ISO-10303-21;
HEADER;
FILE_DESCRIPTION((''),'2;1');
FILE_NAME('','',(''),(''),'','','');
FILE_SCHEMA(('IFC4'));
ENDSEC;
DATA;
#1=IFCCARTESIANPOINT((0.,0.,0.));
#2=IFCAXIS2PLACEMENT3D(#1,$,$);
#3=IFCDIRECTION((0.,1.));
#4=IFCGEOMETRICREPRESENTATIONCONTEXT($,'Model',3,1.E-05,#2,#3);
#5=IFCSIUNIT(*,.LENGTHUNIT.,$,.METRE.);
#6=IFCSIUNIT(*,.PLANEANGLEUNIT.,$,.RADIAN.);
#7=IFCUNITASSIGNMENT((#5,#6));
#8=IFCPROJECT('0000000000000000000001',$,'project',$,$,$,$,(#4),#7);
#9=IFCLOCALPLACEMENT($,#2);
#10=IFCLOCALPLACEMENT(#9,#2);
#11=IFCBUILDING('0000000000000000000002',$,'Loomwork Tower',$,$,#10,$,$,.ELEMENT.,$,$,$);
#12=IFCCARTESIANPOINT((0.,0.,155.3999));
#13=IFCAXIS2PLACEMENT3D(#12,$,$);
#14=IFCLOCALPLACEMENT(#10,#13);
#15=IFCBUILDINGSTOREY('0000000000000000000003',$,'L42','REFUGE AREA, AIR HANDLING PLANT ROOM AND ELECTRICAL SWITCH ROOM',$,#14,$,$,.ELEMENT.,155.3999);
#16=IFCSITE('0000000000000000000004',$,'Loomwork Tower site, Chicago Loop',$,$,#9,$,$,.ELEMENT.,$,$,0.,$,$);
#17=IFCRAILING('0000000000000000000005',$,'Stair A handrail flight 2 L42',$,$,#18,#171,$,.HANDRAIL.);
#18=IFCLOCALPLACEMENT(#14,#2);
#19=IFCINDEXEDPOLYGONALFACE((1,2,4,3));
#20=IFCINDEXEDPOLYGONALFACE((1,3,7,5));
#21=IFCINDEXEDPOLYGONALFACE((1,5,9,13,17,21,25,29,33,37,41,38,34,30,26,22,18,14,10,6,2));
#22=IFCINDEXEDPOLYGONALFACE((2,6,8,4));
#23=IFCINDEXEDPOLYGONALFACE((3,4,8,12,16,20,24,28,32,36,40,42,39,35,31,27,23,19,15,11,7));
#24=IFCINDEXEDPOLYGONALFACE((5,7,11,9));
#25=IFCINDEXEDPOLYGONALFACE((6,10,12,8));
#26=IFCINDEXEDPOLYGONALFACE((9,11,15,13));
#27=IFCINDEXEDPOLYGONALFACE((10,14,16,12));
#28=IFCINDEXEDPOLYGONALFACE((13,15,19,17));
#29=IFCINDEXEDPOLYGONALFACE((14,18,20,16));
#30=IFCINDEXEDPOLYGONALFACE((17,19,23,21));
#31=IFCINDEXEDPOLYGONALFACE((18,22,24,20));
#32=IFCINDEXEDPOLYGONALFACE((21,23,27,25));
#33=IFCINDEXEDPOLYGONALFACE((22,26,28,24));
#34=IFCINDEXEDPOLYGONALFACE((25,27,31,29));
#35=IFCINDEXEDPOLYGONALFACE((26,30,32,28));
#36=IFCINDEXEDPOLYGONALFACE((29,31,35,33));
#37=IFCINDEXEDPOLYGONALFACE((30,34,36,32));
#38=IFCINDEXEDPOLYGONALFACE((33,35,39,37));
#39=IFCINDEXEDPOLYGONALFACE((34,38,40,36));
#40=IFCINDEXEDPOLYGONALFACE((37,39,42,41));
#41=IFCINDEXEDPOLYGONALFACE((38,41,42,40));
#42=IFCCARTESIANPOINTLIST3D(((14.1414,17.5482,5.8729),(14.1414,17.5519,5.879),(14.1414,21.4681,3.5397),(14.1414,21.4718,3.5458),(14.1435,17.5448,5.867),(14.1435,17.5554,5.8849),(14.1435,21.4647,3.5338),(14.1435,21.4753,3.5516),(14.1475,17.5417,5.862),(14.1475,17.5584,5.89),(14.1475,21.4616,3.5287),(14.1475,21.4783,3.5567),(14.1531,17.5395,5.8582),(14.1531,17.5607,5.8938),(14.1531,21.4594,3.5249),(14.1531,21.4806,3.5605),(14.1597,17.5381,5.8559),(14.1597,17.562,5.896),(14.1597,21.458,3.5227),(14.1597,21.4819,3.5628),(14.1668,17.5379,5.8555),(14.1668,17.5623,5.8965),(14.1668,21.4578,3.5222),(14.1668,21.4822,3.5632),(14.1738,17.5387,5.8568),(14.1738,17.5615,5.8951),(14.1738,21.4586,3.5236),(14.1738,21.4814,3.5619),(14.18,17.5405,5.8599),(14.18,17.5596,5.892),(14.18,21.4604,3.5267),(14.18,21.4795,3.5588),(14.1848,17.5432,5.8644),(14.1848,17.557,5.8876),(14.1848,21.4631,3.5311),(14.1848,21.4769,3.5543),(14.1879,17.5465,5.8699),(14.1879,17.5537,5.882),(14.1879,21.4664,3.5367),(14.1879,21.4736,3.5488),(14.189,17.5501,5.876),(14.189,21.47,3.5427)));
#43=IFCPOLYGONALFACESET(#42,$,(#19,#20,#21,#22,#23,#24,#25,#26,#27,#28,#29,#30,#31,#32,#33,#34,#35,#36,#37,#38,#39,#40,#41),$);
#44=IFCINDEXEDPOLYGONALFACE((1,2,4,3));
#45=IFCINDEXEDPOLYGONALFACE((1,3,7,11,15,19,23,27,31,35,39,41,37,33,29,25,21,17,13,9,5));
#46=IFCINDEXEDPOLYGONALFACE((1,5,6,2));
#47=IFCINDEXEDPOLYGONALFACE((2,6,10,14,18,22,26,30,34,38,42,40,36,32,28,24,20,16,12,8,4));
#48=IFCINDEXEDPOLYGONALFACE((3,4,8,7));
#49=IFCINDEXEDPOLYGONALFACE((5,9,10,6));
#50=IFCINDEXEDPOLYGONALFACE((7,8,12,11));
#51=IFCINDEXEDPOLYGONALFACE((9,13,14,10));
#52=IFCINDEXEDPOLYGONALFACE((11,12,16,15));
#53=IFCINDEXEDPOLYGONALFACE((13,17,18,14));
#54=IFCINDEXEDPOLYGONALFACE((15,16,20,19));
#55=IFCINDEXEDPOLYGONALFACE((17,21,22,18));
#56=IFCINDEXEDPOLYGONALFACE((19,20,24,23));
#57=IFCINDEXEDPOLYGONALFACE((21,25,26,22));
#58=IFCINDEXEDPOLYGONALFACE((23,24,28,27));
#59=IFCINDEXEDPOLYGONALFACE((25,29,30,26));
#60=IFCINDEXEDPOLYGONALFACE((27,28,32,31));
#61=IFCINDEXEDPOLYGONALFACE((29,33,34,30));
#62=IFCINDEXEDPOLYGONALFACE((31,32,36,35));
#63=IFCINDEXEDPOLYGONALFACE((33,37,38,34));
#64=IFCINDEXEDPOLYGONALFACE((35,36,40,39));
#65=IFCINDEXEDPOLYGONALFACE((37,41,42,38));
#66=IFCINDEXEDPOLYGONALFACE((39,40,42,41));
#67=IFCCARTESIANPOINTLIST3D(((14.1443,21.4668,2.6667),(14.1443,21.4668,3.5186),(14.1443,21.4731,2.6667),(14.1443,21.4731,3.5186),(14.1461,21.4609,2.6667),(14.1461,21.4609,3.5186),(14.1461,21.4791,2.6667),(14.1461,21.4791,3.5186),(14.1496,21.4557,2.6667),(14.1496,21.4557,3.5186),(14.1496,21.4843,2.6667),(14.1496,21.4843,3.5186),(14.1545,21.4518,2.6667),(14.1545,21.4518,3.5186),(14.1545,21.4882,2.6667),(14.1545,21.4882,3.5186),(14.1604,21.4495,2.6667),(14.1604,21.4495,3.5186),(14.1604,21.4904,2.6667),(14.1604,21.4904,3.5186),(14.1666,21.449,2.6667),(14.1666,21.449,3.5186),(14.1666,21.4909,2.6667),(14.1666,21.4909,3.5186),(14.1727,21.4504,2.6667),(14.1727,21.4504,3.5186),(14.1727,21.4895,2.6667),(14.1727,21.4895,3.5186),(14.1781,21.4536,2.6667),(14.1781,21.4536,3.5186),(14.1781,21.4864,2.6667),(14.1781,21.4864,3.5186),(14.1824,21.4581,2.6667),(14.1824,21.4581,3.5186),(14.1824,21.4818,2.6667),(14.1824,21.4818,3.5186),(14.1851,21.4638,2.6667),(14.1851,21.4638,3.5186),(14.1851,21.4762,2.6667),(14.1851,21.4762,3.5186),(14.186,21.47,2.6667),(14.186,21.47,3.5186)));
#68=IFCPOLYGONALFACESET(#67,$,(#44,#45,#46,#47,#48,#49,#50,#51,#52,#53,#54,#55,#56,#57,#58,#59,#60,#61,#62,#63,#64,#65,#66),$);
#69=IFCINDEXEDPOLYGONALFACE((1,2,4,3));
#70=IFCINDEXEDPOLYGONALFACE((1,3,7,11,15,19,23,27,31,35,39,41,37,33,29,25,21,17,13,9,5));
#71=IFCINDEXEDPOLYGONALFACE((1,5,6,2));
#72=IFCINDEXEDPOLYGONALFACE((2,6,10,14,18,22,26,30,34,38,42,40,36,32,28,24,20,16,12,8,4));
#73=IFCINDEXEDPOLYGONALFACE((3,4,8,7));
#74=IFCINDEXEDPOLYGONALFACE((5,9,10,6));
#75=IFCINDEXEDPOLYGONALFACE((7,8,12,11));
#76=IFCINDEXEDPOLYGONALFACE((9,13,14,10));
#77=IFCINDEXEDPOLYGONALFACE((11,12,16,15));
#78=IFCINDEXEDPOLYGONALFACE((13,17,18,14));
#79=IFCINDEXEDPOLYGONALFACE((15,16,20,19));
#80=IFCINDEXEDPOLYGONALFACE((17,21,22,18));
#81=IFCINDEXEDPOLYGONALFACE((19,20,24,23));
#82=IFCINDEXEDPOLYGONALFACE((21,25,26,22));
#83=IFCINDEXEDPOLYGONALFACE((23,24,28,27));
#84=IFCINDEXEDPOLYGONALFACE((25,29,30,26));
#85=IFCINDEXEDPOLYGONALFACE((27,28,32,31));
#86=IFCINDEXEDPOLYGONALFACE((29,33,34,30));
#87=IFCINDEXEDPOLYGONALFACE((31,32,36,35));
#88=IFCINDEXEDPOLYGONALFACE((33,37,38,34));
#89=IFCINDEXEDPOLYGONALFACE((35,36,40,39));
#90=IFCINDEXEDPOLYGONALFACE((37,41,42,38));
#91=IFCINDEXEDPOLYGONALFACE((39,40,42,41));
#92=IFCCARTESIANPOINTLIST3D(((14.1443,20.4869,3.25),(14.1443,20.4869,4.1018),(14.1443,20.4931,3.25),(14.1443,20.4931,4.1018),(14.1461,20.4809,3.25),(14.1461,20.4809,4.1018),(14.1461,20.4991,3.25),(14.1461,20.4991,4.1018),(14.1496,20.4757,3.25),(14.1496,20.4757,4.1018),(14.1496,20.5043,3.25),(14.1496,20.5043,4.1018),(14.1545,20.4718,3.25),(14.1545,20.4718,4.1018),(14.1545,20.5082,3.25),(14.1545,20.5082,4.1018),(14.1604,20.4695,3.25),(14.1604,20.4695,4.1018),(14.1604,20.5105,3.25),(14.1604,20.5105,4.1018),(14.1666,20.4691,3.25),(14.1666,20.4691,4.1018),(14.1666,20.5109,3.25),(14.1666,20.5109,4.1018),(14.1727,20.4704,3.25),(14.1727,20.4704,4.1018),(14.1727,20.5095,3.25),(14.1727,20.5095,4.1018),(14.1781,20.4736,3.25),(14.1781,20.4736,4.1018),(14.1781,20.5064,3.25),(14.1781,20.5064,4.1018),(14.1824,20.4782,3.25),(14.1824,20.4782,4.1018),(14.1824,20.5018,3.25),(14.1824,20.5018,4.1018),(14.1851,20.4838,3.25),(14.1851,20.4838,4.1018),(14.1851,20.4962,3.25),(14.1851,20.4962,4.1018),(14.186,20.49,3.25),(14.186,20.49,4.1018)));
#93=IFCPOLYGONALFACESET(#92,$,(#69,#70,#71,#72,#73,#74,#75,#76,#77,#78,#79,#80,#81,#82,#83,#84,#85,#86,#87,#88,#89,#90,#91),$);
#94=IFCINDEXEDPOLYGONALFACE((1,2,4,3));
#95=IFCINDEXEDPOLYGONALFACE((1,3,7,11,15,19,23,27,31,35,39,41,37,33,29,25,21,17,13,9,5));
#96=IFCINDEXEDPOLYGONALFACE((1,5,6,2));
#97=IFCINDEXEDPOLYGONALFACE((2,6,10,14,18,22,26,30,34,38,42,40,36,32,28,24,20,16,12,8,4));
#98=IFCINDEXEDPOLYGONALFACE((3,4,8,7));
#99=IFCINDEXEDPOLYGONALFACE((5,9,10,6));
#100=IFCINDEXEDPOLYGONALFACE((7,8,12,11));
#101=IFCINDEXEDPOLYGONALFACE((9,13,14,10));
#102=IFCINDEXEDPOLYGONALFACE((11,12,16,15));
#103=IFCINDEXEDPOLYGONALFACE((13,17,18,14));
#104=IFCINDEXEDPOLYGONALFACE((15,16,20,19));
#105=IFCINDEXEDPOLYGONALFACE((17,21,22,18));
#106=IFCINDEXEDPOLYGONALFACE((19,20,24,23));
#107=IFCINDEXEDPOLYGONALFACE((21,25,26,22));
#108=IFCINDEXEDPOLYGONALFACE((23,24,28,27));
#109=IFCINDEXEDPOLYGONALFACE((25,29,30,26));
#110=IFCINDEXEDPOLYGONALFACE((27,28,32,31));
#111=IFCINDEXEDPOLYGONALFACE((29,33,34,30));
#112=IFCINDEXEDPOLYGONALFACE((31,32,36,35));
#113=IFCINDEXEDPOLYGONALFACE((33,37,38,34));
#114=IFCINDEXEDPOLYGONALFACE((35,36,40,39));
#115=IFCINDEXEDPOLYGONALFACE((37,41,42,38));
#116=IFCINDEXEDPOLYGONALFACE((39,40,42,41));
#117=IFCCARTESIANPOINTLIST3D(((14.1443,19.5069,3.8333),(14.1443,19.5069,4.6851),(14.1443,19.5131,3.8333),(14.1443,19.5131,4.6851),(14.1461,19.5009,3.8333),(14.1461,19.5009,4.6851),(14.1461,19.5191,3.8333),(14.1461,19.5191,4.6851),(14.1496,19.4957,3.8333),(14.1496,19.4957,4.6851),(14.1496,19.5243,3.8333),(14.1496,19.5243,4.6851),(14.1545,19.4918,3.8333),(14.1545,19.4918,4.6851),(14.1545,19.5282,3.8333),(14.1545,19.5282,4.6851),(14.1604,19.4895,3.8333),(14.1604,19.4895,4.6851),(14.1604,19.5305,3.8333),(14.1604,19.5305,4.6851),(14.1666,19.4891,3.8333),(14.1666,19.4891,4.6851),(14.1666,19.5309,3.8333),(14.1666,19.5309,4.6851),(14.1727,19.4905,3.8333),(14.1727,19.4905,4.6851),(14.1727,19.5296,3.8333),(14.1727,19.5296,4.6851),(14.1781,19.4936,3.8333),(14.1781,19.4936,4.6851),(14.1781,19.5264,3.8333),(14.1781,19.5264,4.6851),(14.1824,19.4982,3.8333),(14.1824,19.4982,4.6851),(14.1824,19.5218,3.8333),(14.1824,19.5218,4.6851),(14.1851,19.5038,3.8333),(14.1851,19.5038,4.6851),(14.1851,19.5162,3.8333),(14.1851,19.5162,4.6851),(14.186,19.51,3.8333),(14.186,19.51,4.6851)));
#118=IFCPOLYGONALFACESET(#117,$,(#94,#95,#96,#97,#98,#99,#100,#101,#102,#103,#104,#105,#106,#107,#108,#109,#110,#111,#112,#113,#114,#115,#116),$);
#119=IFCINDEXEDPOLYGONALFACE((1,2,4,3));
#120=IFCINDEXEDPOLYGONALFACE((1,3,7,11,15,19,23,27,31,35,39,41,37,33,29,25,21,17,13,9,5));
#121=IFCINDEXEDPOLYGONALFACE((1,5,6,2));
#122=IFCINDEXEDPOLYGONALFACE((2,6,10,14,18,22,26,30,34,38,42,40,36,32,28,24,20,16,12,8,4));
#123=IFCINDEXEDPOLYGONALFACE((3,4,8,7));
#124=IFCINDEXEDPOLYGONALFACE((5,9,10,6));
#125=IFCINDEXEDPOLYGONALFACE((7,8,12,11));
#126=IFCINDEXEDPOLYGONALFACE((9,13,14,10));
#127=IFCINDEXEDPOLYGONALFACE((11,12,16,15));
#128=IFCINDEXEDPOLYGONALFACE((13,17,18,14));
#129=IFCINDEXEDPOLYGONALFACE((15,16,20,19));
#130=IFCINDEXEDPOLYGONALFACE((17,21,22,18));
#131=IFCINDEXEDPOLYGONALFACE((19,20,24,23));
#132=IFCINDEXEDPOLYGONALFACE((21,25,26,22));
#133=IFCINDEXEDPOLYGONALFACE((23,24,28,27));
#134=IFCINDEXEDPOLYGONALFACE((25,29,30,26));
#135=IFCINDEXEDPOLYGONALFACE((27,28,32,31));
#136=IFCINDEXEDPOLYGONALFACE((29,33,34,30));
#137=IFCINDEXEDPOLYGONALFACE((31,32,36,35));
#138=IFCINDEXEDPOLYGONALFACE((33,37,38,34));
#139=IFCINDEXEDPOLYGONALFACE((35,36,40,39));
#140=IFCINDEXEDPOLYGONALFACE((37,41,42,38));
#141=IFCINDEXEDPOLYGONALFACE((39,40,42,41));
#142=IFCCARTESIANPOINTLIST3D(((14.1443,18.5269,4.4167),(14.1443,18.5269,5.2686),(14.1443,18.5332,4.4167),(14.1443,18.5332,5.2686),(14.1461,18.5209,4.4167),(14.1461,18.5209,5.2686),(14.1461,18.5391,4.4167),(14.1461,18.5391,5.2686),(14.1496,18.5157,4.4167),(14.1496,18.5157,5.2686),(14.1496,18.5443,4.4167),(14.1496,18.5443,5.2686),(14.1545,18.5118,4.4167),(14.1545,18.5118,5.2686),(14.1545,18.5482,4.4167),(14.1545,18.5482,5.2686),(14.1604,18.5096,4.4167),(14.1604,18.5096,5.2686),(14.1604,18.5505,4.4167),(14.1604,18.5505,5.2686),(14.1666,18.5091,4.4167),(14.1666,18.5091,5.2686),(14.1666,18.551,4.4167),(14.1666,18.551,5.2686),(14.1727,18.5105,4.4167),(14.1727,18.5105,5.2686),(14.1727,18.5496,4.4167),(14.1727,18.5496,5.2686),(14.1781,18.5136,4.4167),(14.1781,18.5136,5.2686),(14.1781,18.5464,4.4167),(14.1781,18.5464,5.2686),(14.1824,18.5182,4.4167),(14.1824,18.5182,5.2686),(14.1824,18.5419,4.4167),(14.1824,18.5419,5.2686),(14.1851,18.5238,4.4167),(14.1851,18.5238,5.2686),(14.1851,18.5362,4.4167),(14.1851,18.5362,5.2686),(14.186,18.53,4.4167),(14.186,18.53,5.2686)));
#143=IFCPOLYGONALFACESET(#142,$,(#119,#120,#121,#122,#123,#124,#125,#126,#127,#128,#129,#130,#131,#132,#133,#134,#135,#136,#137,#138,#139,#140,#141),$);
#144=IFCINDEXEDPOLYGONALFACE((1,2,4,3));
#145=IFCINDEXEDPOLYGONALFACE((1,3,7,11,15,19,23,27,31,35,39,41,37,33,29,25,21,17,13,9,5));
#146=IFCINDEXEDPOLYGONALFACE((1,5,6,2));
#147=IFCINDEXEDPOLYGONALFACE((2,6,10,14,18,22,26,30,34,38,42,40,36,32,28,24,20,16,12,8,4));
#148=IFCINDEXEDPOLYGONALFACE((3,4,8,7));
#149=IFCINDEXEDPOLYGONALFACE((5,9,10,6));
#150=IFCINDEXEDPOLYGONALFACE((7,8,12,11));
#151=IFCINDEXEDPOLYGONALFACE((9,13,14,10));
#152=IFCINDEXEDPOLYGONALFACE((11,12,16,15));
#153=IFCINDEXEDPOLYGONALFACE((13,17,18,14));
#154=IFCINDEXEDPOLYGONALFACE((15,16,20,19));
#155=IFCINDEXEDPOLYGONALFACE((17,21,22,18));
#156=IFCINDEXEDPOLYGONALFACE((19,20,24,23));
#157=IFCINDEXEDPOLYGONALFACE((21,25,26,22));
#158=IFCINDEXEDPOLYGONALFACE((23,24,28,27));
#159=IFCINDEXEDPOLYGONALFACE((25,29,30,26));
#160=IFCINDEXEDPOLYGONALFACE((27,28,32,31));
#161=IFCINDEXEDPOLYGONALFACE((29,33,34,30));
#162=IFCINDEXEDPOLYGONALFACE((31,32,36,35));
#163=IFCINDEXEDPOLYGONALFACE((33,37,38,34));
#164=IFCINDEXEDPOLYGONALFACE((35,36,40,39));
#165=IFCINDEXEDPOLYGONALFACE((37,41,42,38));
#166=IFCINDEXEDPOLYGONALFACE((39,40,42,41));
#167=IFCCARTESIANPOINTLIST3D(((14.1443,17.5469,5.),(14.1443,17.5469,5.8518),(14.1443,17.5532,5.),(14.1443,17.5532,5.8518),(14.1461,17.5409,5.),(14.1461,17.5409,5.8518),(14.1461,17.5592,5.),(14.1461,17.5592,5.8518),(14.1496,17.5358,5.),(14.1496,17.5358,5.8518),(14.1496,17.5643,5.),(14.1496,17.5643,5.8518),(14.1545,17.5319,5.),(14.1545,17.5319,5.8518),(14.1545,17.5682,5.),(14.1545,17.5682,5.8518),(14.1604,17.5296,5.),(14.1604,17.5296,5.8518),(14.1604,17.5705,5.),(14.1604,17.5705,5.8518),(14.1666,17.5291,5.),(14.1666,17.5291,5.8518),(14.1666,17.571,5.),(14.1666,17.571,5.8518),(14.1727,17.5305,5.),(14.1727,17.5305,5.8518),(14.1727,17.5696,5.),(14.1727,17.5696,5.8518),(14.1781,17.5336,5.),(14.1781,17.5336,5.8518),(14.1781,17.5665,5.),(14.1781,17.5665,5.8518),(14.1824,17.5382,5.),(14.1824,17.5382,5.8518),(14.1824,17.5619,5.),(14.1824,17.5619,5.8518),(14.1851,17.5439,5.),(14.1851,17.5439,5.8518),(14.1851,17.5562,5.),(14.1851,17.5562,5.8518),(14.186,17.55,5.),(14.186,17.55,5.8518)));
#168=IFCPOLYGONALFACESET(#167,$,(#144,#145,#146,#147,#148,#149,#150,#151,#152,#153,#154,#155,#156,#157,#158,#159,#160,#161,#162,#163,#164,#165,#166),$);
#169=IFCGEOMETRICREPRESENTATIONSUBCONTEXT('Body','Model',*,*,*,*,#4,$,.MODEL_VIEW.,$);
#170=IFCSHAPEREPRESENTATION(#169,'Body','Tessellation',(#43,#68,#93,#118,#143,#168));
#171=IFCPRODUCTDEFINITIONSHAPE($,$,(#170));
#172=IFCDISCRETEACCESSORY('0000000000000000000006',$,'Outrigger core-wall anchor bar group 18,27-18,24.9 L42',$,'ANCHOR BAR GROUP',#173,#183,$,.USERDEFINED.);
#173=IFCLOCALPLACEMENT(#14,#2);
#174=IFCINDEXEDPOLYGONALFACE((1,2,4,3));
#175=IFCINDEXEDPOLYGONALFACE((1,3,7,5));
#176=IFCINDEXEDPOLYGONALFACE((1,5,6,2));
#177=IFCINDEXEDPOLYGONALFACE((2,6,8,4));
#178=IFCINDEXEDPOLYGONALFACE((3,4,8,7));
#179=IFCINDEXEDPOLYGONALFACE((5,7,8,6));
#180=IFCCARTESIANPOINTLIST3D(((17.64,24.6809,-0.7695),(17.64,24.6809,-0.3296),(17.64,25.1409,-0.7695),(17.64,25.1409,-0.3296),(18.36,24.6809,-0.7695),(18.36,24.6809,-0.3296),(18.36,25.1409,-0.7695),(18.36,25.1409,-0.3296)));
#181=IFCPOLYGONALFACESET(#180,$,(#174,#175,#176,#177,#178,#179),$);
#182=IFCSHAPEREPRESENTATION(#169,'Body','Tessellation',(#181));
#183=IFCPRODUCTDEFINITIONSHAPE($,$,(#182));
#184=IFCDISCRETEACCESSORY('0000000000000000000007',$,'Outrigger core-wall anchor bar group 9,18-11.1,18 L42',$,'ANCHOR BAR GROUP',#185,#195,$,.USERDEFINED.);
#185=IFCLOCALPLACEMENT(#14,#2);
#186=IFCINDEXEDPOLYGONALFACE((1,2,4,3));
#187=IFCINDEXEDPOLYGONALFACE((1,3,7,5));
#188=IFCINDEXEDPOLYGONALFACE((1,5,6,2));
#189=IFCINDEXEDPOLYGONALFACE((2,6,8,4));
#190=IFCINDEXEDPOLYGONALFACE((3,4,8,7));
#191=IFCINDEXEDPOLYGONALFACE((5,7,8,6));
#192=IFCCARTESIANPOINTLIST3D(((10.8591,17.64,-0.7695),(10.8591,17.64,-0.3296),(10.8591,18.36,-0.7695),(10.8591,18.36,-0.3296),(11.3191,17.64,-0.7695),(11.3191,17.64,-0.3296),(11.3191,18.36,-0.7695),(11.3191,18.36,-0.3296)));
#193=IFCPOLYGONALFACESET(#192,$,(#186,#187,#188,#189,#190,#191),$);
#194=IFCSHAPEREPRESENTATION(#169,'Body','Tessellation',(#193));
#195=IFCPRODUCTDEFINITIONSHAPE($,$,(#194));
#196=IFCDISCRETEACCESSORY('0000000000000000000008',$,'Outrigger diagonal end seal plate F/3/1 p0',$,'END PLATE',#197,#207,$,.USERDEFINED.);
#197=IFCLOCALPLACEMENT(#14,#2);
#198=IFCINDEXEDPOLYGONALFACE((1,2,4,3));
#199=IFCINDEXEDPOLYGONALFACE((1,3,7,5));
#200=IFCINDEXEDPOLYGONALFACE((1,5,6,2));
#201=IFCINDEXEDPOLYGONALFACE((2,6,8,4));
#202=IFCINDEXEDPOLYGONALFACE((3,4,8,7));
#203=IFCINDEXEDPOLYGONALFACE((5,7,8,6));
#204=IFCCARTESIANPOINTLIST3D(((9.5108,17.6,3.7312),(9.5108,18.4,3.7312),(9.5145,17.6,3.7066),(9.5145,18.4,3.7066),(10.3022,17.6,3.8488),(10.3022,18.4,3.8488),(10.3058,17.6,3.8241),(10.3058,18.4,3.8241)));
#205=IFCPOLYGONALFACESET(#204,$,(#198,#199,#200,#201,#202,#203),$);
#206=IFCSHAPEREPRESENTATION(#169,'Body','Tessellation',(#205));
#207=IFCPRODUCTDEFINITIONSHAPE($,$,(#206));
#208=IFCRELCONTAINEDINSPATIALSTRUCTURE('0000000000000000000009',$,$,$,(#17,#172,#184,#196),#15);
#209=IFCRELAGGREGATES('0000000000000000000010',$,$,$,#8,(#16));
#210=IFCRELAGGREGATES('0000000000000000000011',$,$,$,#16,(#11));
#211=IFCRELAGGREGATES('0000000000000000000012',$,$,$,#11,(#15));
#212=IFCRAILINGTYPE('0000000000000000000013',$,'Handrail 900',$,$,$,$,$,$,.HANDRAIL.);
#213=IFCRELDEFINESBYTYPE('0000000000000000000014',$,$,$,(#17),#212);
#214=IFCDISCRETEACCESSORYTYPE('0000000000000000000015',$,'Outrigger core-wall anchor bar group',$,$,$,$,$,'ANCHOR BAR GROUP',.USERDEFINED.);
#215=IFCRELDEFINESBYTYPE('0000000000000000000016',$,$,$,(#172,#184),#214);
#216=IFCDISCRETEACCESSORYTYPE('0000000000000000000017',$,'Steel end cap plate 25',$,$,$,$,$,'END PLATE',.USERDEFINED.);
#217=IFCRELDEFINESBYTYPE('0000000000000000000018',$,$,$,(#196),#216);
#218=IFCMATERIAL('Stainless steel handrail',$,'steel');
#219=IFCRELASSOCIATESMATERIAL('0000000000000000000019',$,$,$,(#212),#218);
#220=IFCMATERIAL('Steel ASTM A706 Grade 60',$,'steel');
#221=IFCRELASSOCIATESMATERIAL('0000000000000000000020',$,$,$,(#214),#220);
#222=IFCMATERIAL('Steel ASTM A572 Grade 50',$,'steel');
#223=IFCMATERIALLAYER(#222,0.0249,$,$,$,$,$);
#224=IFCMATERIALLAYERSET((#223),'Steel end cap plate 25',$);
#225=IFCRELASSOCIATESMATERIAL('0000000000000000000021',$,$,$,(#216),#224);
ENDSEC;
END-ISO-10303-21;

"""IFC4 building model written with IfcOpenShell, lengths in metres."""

from ifc_helpers import new_model, si_unit, direction, frame, origin, origin_2d, place, context, subcontext, project, spatial, rectangle, circle, extrude, material, layer, layer_set, type_object, element, save


model = new_model("IFC4")

# Units and contexts
model_context = context("Model", 3, precision=1e-05, world=origin(), true_north=direction((0.0, 1.0)))
body_context = subcontext(model_context, "Body", "Model", "MODEL_VIEW")
ifc_project = project(units=[si_unit("LENGTHUNIT", "METRE"), si_unit("PLANEANGLEUNIT", "RADIAN")], contexts=[model_context])

# Site, building, storey
site_placement = place(None, origin())
site = spatial("IfcSite", under=ifc_project, at=site_placement, Name="Loomwork Tower site, Chicago Loop", CompositionType="ELEMENT", RefElevation=0.0)
building_placement = place(site_placement, origin())
building = spatial("IfcBuilding", under=site, at=building_placement, Name="Loomwork Tower", CompositionType="ELEMENT")
storey_placement = place(building_placement, frame((0.0, 0.0, 155.3999)))
storey = spatial("IfcBuildingStorey", under=building, at=storey_placement, Name="L42", Description="REFUGE AREA, AIR HANDLING PLANT ROOM AND ELECTRICAL SWITCH ROOM", CompositionType="ELEMENT", Elevation=155.3999)

# Railing
ifc_material_1 = material(Name="Stainless steel handrail", Category="steel")
railing_type = type_object("IfcRailingType", Name="Handrail 900", PredefinedType="HANDRAIL", material=ifc_material_1)
railing_placement = place(storey_placement, frame((14.165, 21.47, 2.6667)))
element("IfcRailing", 1, at=railing_placement, inside=storey, type_object=railing_type, Name="Stair A handrail flight 2 L42", PredefinedType="HANDRAIL", context=body_context, shape_type="SweptSolid", body=[
    extrude(circle(Radius=0.0239, at=origin_2d()), frame((0.0, 0.0, 0.876), z_axis=(0.0, -0.859296, 0.511478), x_axis=(1.0, 0.0, 0.0)), (0.0, 0.0, 1.0), 4.5618),
    extrude(circle(Radius=0.021, at=origin_2d()), origin(), (0.0, 0.0, 1.0), 0.8518),
    extrude(circle(Radius=0.021, at=origin_2d()), frame((0.0, -0.98, 0.5833)), (0.0, 0.0, 1.0), 0.8518),
    extrude(circle(Radius=0.021, at=origin_2d()), frame((0.0, -1.96, 1.1665)), (0.0, 0.0, 1.0), 0.8518),
    extrude(circle(Radius=0.021, at=origin_2d()), frame((0.0, -2.9399, 1.75)), (0.0, 0.0, 1.0), 0.8518),
    extrude(circle(Radius=0.021, at=origin_2d()), frame((0.0, -3.9199, 2.3333)), (0.0, 0.0, 1.0), 0.8518),
])

# Discrete accessories
ifc_material_2 = material(Name="Steel ASTM A706 Grade 60", Category="steel")
discrete_accessory_type_1 = type_object("IfcDiscreteAccessoryType", Name="Outrigger core-wall anchor bar group", ElementType="ANCHOR BAR GROUP", PredefinedType="USERDEFINED", material=ifc_material_2)
discrete_accessory_1_placement = place(storey_placement, frame((18.0, 24.9109, -0.7695), z_axis=(0.0, 0.0, 1.0), x_axis=(1.0, 0.0, 0.0)))
element("IfcDiscreteAccessory", 2, at=discrete_accessory_1_placement, inside=storey, type_object=discrete_accessory_type_1, Name="Outrigger core-wall anchor bar group 18,27-18,24.9 L42", ObjectType="ANCHOR BAR GROUP", PredefinedType="USERDEFINED", context=body_context, shape_type="SweptSolid", body=[
    extrude(rectangle(XDim=0.72, YDim=0.46, at=origin_2d()), origin(), (0.0, 0.0, 1.0), 0.4399),
])
discrete_accessory_2_placement = place(storey_placement, frame((11.0891, 18.0, -0.7695), z_axis=(0.0, 0.0, 1.0), x_axis=(1.0, 0.0, 0.0)))
element("IfcDiscreteAccessory", 3, at=discrete_accessory_2_placement, inside=storey, type_object=discrete_accessory_type_1, Name="Outrigger core-wall anchor bar group 9,18-11.1,18 L42", ObjectType="ANCHOR BAR GROUP", PredefinedType="USERDEFINED", context=body_context, shape_type="SweptSolid", body=[
    extrude(rectangle(XDim=0.46, YDim=0.72, at=origin_2d()), origin(), (0.0, 0.0, 1.0), 0.4399),
])
ifc_material_3 = material(Name="Steel ASTM A572 Grade 50", Category="steel")
ifc_layer_1 = layer(ifc_material_3, 0.0249)
ifc_layer_set_1 = layer_set([ifc_layer_1], Name="Steel end cap plate 25")
discrete_accessory_type_2 = type_object("IfcDiscreteAccessoryType", Name="Steel end cap plate 25", ElementType="END PLATE", PredefinedType="USERDEFINED", material=ifc_layer_set_1)
for number, where, z_axis, x_axis, name in (
    (4, (9.9102, 18.0, 3.7654), (-0.146904, 0.0, 0.989151), (0.0, -1.0, 0.0), "Outrigger diagonal end seal plate F/3/1 p0"),
):
    element("IfcDiscreteAccessory", number, at=place(storey_placement, frame(where, z_axis=z_axis, x_axis=x_axis)), inside=storey, type_object=discrete_accessory_type_2, Name=name, ObjectType="END PLATE", PredefinedType="USERDEFINED", context=body_context, shape_type="SweptSolid", body=[
        extrude(rectangle(XDim=0.8, YDim=0.8, at=origin_2d()), origin(), (0.0, 0.0, 1.0), 0.0249),
    ])

save(model, "model.ifc")
